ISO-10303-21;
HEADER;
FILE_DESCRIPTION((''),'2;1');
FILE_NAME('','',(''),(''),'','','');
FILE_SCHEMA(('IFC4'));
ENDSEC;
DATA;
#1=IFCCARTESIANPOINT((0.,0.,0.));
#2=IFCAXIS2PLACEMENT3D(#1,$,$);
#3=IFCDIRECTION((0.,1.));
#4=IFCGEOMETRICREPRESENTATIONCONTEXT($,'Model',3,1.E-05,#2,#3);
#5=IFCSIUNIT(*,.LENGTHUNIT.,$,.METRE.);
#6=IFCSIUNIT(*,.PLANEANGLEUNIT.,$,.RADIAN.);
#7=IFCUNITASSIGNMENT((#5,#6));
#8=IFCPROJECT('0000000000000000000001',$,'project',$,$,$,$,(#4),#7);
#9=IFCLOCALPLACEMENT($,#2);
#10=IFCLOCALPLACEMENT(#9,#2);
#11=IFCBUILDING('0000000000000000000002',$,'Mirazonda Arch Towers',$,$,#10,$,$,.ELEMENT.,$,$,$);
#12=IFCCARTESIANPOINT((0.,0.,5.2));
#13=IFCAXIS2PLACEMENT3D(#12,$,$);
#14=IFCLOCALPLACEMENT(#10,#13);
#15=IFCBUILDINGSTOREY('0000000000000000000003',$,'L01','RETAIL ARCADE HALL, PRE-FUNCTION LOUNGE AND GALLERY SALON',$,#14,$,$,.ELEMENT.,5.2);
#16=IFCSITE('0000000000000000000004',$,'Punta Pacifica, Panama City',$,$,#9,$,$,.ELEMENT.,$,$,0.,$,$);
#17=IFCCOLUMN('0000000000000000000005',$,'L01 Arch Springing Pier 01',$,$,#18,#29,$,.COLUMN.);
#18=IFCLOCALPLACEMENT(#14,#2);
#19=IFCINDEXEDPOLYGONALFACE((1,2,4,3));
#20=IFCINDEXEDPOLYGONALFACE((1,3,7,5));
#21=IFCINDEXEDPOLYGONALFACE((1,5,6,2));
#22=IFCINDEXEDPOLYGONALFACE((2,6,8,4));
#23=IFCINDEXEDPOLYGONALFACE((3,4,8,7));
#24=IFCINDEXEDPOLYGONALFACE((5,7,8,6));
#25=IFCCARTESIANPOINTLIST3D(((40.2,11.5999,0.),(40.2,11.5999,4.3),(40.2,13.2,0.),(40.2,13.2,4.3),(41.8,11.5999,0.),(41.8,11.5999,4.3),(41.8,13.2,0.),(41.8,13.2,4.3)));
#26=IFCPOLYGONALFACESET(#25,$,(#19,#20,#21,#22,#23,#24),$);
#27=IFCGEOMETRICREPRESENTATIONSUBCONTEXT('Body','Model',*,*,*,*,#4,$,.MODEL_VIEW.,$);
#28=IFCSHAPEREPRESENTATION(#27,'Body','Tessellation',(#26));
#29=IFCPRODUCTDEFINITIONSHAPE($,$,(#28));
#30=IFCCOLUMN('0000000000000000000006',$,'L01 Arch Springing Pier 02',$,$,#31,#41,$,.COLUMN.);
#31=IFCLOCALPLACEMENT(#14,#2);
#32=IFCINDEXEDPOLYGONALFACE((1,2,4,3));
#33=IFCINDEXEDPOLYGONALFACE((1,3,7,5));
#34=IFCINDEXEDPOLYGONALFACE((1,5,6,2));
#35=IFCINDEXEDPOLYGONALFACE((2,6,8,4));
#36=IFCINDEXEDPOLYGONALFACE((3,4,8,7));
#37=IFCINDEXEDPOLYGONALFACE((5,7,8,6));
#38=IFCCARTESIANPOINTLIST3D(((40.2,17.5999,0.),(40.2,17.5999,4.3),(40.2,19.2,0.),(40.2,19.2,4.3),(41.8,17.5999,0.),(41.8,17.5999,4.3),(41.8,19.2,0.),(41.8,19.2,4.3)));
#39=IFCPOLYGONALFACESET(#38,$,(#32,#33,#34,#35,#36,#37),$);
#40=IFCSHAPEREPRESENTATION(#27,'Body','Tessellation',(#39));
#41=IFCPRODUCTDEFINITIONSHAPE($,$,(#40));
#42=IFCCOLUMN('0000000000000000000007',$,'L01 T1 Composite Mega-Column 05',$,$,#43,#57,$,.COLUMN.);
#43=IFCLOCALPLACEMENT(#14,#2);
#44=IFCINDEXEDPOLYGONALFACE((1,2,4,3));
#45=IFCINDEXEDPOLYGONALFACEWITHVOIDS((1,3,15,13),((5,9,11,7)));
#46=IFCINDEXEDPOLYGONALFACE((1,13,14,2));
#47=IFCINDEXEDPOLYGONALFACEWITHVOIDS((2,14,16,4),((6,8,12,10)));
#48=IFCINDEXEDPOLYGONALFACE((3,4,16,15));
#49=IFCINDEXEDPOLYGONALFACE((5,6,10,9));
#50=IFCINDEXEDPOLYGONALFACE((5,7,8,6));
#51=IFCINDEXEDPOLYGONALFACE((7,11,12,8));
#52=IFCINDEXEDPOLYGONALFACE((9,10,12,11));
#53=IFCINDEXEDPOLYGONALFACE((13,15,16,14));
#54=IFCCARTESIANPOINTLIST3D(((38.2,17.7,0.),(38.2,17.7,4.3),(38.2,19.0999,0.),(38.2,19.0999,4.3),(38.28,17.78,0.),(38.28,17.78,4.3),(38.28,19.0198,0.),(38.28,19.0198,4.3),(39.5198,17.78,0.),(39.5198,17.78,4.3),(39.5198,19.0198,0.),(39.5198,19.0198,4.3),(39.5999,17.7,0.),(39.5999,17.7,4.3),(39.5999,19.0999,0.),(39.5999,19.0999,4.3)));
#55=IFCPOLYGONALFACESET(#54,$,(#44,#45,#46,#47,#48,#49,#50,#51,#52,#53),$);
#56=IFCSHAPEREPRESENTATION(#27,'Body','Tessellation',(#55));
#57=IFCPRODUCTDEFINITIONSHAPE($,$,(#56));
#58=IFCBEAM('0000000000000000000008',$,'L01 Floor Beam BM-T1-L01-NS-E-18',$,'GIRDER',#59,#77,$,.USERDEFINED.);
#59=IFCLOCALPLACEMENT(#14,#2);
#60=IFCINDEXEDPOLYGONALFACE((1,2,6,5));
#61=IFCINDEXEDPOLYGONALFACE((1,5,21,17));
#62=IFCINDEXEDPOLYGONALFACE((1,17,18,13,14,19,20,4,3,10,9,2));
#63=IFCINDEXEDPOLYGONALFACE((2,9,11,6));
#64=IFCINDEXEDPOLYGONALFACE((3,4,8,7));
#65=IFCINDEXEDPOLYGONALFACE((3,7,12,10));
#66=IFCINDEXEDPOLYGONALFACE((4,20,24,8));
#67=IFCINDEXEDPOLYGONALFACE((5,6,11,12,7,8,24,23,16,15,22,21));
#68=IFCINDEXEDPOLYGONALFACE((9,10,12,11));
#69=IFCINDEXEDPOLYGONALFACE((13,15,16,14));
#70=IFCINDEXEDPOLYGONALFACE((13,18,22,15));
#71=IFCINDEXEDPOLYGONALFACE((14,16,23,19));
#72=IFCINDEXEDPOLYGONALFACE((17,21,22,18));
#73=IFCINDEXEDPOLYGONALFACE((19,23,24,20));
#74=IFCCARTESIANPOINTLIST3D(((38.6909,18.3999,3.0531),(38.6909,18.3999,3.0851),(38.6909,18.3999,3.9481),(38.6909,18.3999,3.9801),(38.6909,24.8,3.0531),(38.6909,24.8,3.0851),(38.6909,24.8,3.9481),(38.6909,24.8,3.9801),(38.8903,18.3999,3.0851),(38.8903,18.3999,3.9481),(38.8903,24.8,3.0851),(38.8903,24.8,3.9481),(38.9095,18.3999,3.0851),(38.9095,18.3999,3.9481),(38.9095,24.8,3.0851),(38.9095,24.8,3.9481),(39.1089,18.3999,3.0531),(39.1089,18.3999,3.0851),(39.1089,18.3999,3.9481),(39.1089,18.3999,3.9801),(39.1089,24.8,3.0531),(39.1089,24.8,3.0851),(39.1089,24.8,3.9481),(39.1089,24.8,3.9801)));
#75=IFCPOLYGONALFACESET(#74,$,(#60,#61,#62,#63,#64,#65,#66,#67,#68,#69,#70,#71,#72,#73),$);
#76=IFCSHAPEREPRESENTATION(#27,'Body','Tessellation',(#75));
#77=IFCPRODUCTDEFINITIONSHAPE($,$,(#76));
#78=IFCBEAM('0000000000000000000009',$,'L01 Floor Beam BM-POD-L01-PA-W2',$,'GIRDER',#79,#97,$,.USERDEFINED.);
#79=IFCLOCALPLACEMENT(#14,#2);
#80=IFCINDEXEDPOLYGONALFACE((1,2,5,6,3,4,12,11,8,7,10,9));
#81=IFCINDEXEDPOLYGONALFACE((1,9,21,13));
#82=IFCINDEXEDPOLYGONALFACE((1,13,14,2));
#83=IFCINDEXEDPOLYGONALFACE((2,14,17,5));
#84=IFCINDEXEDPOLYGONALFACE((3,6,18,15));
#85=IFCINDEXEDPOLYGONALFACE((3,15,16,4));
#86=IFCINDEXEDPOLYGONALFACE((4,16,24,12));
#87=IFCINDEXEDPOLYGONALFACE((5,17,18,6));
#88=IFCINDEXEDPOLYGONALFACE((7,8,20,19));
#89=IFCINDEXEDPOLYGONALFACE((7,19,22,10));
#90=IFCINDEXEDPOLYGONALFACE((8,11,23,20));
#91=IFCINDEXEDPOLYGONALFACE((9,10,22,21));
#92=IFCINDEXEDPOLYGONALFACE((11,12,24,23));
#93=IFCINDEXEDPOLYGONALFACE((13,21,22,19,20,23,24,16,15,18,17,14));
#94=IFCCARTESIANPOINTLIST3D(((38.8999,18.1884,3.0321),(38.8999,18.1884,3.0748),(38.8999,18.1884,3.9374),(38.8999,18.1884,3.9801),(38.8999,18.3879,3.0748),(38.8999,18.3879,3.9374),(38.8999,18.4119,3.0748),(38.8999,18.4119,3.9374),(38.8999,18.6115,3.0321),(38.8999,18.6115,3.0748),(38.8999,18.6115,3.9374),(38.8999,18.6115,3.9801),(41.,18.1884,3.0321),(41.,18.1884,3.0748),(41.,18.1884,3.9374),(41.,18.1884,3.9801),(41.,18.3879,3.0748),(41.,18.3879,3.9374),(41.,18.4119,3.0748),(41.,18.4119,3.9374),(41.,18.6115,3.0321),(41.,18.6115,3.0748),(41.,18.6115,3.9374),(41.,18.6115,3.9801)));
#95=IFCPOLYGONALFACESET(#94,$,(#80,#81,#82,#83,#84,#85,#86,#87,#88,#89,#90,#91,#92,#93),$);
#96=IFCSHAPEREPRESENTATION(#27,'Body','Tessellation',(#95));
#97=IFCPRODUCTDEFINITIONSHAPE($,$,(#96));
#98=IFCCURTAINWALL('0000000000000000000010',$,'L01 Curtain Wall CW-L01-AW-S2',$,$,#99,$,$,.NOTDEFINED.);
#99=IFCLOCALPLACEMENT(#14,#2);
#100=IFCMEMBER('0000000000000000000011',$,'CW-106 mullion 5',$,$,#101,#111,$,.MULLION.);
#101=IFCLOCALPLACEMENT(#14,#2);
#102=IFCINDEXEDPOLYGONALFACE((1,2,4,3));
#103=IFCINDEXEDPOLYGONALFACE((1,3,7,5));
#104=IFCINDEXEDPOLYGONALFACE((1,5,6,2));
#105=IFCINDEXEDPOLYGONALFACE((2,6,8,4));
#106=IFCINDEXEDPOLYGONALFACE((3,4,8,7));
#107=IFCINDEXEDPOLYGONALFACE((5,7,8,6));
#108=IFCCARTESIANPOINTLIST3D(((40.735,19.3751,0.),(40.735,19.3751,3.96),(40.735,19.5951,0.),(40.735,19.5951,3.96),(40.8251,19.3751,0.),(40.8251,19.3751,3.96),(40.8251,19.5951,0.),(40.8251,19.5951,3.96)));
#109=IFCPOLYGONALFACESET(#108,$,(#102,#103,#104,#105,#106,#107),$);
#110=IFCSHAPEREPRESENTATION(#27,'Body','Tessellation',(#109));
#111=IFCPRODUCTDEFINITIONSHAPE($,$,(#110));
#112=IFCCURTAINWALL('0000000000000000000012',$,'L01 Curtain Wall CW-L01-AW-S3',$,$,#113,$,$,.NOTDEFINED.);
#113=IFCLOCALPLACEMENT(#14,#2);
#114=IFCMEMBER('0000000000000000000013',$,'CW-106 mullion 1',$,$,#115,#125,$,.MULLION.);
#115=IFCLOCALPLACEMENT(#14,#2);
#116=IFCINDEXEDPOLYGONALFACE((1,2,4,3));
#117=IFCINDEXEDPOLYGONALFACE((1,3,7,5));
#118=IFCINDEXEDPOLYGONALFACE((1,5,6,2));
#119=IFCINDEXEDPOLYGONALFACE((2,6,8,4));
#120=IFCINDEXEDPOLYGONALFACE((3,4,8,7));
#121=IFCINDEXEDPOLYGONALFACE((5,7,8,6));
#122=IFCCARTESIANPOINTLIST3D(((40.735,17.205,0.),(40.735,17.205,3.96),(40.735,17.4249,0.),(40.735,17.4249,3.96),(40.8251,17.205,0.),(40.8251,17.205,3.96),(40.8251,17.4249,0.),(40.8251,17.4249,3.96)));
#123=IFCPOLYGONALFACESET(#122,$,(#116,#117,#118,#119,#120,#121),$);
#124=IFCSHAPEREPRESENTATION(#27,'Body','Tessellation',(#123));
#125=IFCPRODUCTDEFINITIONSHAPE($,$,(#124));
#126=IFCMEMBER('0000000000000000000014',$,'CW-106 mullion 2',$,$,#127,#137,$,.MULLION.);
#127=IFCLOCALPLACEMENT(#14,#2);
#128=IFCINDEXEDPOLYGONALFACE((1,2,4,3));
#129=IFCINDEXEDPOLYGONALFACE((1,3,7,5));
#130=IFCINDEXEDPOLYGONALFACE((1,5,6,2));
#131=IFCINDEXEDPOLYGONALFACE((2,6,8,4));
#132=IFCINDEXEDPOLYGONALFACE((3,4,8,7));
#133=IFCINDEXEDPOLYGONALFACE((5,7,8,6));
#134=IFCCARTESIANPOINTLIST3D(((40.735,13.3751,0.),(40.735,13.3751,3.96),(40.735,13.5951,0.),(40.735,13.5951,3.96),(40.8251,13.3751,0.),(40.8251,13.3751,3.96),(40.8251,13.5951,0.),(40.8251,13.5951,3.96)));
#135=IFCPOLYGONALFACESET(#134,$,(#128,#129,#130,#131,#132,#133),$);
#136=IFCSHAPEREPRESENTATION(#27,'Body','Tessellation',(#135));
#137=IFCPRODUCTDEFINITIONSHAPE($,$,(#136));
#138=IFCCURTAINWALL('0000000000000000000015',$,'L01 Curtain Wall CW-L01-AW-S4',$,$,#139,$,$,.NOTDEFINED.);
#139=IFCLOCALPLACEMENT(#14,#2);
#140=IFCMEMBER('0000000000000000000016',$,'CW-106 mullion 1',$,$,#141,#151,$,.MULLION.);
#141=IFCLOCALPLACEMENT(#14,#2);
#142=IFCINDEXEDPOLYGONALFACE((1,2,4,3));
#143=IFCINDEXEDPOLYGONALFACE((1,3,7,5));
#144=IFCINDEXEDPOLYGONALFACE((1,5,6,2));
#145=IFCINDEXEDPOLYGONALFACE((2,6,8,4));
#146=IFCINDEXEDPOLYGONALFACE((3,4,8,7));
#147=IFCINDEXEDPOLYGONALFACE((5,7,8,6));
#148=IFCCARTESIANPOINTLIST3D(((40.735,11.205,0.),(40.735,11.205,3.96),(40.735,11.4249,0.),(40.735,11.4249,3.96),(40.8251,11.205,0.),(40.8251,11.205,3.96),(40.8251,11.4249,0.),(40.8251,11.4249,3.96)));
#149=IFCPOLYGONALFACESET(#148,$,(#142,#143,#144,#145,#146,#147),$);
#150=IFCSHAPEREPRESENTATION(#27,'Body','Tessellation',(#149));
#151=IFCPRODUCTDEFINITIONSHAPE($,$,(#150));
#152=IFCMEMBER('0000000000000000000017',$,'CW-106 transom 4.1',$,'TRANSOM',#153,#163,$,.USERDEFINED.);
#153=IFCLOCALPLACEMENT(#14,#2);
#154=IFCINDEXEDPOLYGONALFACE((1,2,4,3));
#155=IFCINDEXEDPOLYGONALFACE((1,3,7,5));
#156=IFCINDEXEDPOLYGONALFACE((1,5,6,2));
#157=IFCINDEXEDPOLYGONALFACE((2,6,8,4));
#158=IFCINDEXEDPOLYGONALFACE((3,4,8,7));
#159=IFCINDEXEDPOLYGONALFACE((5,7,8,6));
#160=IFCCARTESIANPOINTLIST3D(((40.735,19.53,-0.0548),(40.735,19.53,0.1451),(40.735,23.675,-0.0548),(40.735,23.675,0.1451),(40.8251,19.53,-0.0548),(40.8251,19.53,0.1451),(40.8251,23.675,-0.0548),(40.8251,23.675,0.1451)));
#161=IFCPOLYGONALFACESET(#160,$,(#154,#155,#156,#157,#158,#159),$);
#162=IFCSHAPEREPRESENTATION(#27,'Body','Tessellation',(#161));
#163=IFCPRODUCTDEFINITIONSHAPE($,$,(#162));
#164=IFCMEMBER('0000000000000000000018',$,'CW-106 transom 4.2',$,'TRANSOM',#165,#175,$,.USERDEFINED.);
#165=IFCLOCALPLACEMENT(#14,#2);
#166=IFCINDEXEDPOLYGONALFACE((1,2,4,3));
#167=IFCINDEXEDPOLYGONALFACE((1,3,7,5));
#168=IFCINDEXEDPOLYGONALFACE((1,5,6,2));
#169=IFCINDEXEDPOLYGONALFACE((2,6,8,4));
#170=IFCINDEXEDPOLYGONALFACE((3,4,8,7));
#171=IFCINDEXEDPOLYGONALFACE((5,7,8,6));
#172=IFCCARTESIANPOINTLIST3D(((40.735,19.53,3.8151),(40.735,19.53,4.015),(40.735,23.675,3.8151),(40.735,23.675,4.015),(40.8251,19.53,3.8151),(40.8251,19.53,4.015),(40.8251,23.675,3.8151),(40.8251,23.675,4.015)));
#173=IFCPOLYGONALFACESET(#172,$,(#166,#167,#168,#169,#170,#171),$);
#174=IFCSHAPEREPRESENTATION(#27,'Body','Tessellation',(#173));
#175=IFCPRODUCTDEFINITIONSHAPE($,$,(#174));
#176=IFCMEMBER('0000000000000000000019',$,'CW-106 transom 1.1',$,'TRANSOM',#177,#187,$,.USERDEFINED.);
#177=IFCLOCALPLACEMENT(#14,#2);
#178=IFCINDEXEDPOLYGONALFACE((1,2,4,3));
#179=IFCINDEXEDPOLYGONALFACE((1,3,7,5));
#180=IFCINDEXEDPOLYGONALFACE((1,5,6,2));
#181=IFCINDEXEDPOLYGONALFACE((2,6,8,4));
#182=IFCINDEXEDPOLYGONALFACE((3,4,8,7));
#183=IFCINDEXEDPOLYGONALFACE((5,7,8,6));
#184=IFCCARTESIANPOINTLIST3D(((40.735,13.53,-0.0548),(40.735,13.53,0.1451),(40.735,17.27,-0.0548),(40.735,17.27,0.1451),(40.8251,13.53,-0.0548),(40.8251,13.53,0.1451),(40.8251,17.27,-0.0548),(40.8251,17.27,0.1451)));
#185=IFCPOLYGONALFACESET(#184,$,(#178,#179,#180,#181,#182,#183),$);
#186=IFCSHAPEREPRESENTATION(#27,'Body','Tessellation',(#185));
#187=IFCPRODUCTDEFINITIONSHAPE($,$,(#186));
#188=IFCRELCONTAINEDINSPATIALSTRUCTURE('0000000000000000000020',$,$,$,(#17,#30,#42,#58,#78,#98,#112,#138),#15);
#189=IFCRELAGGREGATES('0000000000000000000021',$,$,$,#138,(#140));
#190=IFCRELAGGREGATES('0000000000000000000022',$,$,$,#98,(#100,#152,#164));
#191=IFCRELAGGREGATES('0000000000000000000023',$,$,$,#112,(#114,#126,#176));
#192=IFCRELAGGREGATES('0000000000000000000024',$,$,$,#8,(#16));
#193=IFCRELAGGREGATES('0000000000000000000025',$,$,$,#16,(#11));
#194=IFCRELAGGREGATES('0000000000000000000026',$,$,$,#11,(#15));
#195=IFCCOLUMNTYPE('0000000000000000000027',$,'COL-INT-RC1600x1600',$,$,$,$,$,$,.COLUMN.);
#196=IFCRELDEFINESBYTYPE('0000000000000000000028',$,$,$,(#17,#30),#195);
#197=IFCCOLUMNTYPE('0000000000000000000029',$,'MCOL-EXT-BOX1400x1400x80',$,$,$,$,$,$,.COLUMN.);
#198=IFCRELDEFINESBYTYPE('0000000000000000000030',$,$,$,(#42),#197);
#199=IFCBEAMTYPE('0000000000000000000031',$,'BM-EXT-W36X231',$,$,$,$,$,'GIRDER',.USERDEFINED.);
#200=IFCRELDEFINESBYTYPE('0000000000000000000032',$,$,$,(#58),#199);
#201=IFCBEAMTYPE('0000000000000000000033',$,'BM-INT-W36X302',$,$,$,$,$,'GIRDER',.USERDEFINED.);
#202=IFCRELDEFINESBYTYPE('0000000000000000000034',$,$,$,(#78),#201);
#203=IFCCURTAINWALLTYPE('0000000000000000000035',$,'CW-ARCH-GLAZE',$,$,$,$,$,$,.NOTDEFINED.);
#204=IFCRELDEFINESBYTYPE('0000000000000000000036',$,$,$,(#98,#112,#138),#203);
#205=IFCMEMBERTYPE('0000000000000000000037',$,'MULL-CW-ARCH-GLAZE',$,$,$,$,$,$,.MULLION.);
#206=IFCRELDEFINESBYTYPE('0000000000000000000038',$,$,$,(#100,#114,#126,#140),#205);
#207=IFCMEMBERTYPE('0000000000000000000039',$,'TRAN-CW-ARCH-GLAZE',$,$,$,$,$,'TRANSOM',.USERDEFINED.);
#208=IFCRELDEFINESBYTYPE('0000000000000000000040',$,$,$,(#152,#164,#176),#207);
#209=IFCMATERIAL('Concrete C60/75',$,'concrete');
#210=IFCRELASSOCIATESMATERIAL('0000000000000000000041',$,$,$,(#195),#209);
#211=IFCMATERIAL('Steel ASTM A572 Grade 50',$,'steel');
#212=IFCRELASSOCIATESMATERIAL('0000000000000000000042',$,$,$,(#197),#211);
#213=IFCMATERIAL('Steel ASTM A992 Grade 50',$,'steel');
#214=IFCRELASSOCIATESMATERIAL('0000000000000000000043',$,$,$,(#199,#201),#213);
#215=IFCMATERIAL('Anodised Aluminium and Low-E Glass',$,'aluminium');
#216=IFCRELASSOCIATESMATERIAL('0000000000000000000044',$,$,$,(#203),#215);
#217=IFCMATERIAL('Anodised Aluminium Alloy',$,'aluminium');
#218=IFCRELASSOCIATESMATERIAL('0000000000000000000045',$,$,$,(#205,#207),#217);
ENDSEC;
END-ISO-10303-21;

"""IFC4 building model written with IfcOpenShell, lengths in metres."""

from ifc_helpers import new_model, si_unit, direction, frame, origin, origin_2d, place, context, subcontext, project, spatial, rectangle, hollow_rectangle, i_section, extrude, material, material_profile, profile_set, type_object, element, aggregate, save


model = new_model("IFC4")

# Units and contexts
model_context = context("Model", 3, precision=1e-05, world=origin(), true_north=direction((0.0, 1.0)))
body_context = subcontext(model_context, "Body", "Model", "MODEL_VIEW")
ifc_project = project(units=[si_unit("LENGTHUNIT", "METRE"), si_unit("PLANEANGLEUNIT", "RADIAN")], contexts=[model_context])

# Site, building, storey
site_placement = place(None, origin())
site = spatial("IfcSite", under=ifc_project, at=site_placement, Name="Punta Pacifica, Panama City", CompositionType="ELEMENT", RefElevation=0.0)
building_placement = place(site_placement, origin())
building = spatial("IfcBuilding", under=site, at=building_placement, Name="Mirazonda Arch Towers", CompositionType="ELEMENT")
storey_placement = place(building_placement, frame((0.0, 0.0, 5.2)))
storey = spatial("IfcBuildingStorey", under=building, at=storey_placement, Name="L01", Description="RETAIL ARCADE HALL, PRE-FUNCTION LOUNGE AND GALLERY SALON", CompositionType="ELEMENT", Elevation=5.2)

# Columns
ifc_material_1 = material(Name="Concrete C60/75", Category="concrete")
ifc_material_profile_1 = material_profile(ifc_material_1, rectangle(XDim=1.6001, YDim=1.6001, at=origin_2d()), Name="RC1600x1600")
ifc_profile_set_1 = profile_set([ifc_material_profile_1], Name="Concrete C60/75")
column_type_1 = type_object("IfcColumnType", Name="COL-INT-RC1600x1600", PredefinedType="COLUMN", material=ifc_profile_set_1)
for number, where, z_axis, x_axis, name in (
    (1, (41.0, 12.3999, 0.0), (0.0, 0.0, 1.0), (1.0, 0.0, 0.0), "L01 Arch Springing Pier 01"),
    (2, (41.0, 18.3999, 0.0), (0.0, 0.0, 1.0), (1.0, 0.0, 0.0), "L01 Arch Springing Pier 02"),
):
    element("IfcColumn", number, at=place(storey_placement, frame(where, z_axis=z_axis, x_axis=x_axis)), inside=storey, type_object=column_type_1, Name=name, PredefinedType="COLUMN", context=body_context, shape_type="SweptSolid", body=[
        extrude(rectangle(XDim=1.6001, YDim=1.6001, at=origin_2d()), origin(), (0.0, 0.0, 1.0), 4.3),
    ])
ifc_material_2 = material(Name="Steel ASTM A572 Grade 50", Category="steel")
ifc_material_profile_2 = material_profile(ifc_material_2, hollow_rectangle(XDim=1.3999, YDim=1.3999, WallThickness=0.0801, at=origin_2d()), Name="BOX1400x1400x80")
ifc_profile_set_2 = profile_set([ifc_material_profile_2], Name="Steel ASTM A572 Grade 50")
column_type_2 = type_object("IfcColumnType", Name="MCOL-EXT-BOX1400x1400x80", PredefinedType="COLUMN", material=ifc_profile_set_2)
column_placement = place(storey_placement, frame((38.8999, 18.3999, 0.0), z_axis=(0.0, 0.0, 1.0), x_axis=(1.0, 0.0, 0.0)))
element("IfcColumn", 3, at=column_placement, inside=storey, type_object=column_type_2, Name="L01 T1 Composite Mega-Column 05", PredefinedType="COLUMN", context=body_context, shape_type="SweptSolid", body=[
    extrude(hollow_rectangle(XDim=1.3999, YDim=1.3999, WallThickness=0.0801, at=origin_2d()), origin(), (0.0, 0.0, 1.0), 4.3),
])

# Beams
ifc_material_3 = material(Name="Steel ASTM A992 Grade 50", Category="steel")
ifc_material_profile_3 = material_profile(ifc_material_3, i_section(OverallWidth=0.418, OverallDepth=0.927, WebThickness=0.0193, FlangeThickness=0.032, at=origin_2d()), Name="W36X231")
ifc_profile_set_3 = profile_set([ifc_material_profile_3], Name="Steel ASTM A992 Grade 50")
beam_type_1 = type_object("IfcBeamType", Name="BM-EXT-W36X231", ElementType="GIRDER", PredefinedType="USERDEFINED", material=ifc_profile_set_3)
beam_1_placement = place(storey_placement, frame((38.8999, 18.3999, 3.5166), z_axis=(0.0, 1.0, 0.0), x_axis=(-1.0, 0.0, 0.0)))
element("IfcBeam", 4, at=beam_1_placement, inside=storey, type_object=beam_type_1, Name="L01 Floor Beam BM-T1-L01-NS-E-18", ObjectType="GIRDER", PredefinedType="USERDEFINED", context=body_context, shape_type="SweptSolid", body=[
    extrude(i_section(OverallWidth=0.418, OverallDepth=0.927, WebThickness=0.0193, FlangeThickness=0.032, at=origin_2d()), origin(), (0.0, 0.0, 1.0), 6.4001),
])
ifc_material_profile_4 = material_profile(ifc_material_3, i_section(OverallWidth=0.4231, OverallDepth=0.948, WebThickness=0.0239, FlangeThickness=0.0427, at=origin_2d()), Name="W36X302")
ifc_profile_set_4 = profile_set([ifc_material_profile_4], Name="Steel ASTM A992 Grade 50")
beam_type_2 = type_object("IfcBeamType", Name="BM-INT-W36X302", ElementType="GIRDER", PredefinedType="USERDEFINED", material=ifc_profile_set_4)
beam_2_placement = place(storey_placement, frame((38.8999, 18.3999, 3.5061), z_axis=(1.0, 0.0, 0.0), x_axis=(0.0, 1.0, 0.0)))
element("IfcBeam", 5, at=beam_2_placement, inside=storey, type_object=beam_type_2, Name="L01 Floor Beam BM-POD-L01-PA-W2", ObjectType="GIRDER", PredefinedType="USERDEFINED", context=body_context, shape_type="SweptSolid", body=[
    extrude(i_section(OverallWidth=0.4231, OverallDepth=0.948, WebThickness=0.0239, FlangeThickness=0.0427, at=origin_2d()), origin(), (0.0, 0.0, 1.0), 2.1001),
])

# Curtain wall, member
ifc_material_4 = material(Name="Anodised Aluminium and Low-E Glass", Category="aluminium")
curtain_wall_type = type_object("IfcCurtainWallType", Name="CW-ARCH-GLAZE", PredefinedType="NOTDEFINED", material=ifc_material_4)
curtain_wall_1_placement = place(storey_placement, origin())
curtain_wall_1 = element("IfcCurtainWall", 6, at=curtain_wall_1_placement, inside=storey, type_object=curtain_wall_type, Name="L01 Curtain Wall CW-L01-AW-S2", PredefinedType="NOTDEFINED")
ifc_material_5 = material(Name="Anodised Aluminium Alloy", Category="aluminium")
ifc_material_profile_5 = material_profile(ifc_material_5, rectangle(XDim=0.0901, YDim=0.22, at=origin_2d()), Name="ALU-MULL-90x220")
ifc_profile_set_5 = profile_set([ifc_material_profile_5], Name="Anodised Aluminium Alloy")
member_type_1 = type_object("IfcMemberType", Name="MULL-CW-ARCH-GLAZE", PredefinedType="MULLION", material=ifc_profile_set_5)
member_1_placement = place(storey_placement, frame((40.78, 19.4851, 0.0), z_axis=(0.0, 0.0, 1.0), x_axis=(1.0, 0.0, 0.0)))
member_1 = element("IfcMember", 7, at=member_1_placement, type_object=member_type_1, Name="CW-106 mullion 5", PredefinedType="MULLION", context=body_context, shape_type="SweptSolid", body=[
    extrude(rectangle(XDim=0.0901, YDim=0.22, at=origin_2d()), origin(), (0.0, 0.0, 1.0), 3.96),
])

# Curtain wall, members
curtain_wall_2_placement = place(storey_placement, origin())
curtain_wall_2 = element("IfcCurtainWall", 8, at=curtain_wall_2_placement, inside=storey, type_object=curtain_wall_type, Name="L01 Curtain Wall CW-L01-AW-S3", PredefinedType="NOTDEFINED")
member_2_placement = place(storey_placement, frame((40.78, 17.3149, 0.0), z_axis=(0.0, 0.0, 1.0), x_axis=(1.0, 0.0, 0.0)))
member_2 = element("IfcMember", 9, at=member_2_placement, type_object=member_type_1, Name="CW-106 mullion 1", PredefinedType="MULLION", context=body_context, shape_type="SweptSolid", body=[
    extrude(rectangle(XDim=0.0901, YDim=0.22, at=origin_2d()), origin(), (0.0, 0.0, 1.0), 3.96),
])
member_3_placement = place(storey_placement, frame((40.78, 13.4851, 0.0), z_axis=(0.0, 0.0, 1.0), x_axis=(1.0, 0.0, 0.0)))
member_3 = element("IfcMember", 10, at=member_3_placement, type_object=member_type_1, Name="CW-106 mullion 2", PredefinedType="MULLION", context=body_context, shape_type="SweptSolid", body=[
    extrude(rectangle(XDim=0.0901, YDim=0.22, at=origin_2d()), origin(), (0.0, 0.0, 1.0), 3.96),
])

# Curtain wall, member
curtain_wall_3_placement = place(storey_placement, origin())
curtain_wall_3 = element("IfcCurtainWall", 11, at=curtain_wall_3_placement, inside=storey, type_object=curtain_wall_type, Name="L01 Curtain Wall CW-L01-AW-S4", PredefinedType="NOTDEFINED")
member_4_placement = place(storey_placement, frame((40.78, 11.3149, 0.0), z_axis=(0.0, 0.0, 1.0), x_axis=(1.0, 0.0, 0.0)))
member_4 = element("IfcMember", 12, at=member_4_placement, type_object=member_type_1, Name="CW-106 mullion 1", PredefinedType="MULLION", context=body_context, shape_type="SweptSolid", body=[
    extrude(rectangle(XDim=0.0901, YDim=0.22, at=origin_2d()), origin(), (0.0, 0.0, 1.0), 3.96),
])

# Members
ifc_material_profile_6 = material_profile(ifc_material_5, rectangle(XDim=0.0901, YDim=0.2, at=origin_2d()), Name="ALU-TRAN-90x200")
ifc_profile_set_6 = profile_set([ifc_material_profile_6], Name="Anodised Aluminium Alloy")
member_type_2 = type_object("IfcMemberType", Name="TRAN-CW-ARCH-GLAZE", ElementType="TRANSOM", PredefinedType="USERDEFINED", material=ifc_profile_set_6)
member_5_placement = place(storey_placement, frame((40.78, 23.675, 0.0452), z_axis=(0.0, -1.0, 0.0), x_axis=(1.0, 0.0, 0.0)))
member_5 = element("IfcMember", 13, at=member_5_placement, type_object=member_type_2, Name="CW-106 transom 4.1", ObjectType="TRANSOM", PredefinedType="USERDEFINED", context=body_context, shape_type="SweptSolid", body=[
    extrude(rectangle(XDim=0.0901, YDim=0.2, at=origin_2d()), origin(), (0.0, 0.0, 1.0), 4.145),
])
member_6_placement = place(storey_placement, frame((40.78, 23.675, 3.915), z_axis=(0.0, -1.0, 0.0), x_axis=(1.0, 0.0, 0.0)))
member_6 = element("IfcMember", 14, at=member_6_placement, type_object=member_type_2, Name="CW-106 transom 4.2", ObjectType="TRANSOM", PredefinedType="USERDEFINED", context=body_context, shape_type="SweptSolid", body=[
    extrude(rectangle(XDim=0.0901, YDim=0.2, at=origin_2d()), origin(), (0.0, 0.0, 1.0), 4.145),
])
member_7_placement = place(storey_placement, frame((40.78, 17.27, 0.0452), z_axis=(0.0, -1.0, 0.0), x_axis=(1.0, 0.0, 0.0)))
member_7 = element("IfcMember", 15, at=member_7_placement, type_object=member_type_2, Name="CW-106 transom 1.1", ObjectType="TRANSOM", PredefinedType="USERDEFINED", context=body_context, shape_type="SweptSolid", body=[
    extrude(rectangle(XDim=0.0901, YDim=0.2, at=origin_2d()), origin(), (0.0, 0.0, 1.0), 3.74),
])
aggregate(curtain_wall_3, [member_4])

aggregate(curtain_wall_1, [member_1, member_5, member_6])
aggregate(curtain_wall_2, [member_2, member_3, member_7])

save(model, "model.ifc")
